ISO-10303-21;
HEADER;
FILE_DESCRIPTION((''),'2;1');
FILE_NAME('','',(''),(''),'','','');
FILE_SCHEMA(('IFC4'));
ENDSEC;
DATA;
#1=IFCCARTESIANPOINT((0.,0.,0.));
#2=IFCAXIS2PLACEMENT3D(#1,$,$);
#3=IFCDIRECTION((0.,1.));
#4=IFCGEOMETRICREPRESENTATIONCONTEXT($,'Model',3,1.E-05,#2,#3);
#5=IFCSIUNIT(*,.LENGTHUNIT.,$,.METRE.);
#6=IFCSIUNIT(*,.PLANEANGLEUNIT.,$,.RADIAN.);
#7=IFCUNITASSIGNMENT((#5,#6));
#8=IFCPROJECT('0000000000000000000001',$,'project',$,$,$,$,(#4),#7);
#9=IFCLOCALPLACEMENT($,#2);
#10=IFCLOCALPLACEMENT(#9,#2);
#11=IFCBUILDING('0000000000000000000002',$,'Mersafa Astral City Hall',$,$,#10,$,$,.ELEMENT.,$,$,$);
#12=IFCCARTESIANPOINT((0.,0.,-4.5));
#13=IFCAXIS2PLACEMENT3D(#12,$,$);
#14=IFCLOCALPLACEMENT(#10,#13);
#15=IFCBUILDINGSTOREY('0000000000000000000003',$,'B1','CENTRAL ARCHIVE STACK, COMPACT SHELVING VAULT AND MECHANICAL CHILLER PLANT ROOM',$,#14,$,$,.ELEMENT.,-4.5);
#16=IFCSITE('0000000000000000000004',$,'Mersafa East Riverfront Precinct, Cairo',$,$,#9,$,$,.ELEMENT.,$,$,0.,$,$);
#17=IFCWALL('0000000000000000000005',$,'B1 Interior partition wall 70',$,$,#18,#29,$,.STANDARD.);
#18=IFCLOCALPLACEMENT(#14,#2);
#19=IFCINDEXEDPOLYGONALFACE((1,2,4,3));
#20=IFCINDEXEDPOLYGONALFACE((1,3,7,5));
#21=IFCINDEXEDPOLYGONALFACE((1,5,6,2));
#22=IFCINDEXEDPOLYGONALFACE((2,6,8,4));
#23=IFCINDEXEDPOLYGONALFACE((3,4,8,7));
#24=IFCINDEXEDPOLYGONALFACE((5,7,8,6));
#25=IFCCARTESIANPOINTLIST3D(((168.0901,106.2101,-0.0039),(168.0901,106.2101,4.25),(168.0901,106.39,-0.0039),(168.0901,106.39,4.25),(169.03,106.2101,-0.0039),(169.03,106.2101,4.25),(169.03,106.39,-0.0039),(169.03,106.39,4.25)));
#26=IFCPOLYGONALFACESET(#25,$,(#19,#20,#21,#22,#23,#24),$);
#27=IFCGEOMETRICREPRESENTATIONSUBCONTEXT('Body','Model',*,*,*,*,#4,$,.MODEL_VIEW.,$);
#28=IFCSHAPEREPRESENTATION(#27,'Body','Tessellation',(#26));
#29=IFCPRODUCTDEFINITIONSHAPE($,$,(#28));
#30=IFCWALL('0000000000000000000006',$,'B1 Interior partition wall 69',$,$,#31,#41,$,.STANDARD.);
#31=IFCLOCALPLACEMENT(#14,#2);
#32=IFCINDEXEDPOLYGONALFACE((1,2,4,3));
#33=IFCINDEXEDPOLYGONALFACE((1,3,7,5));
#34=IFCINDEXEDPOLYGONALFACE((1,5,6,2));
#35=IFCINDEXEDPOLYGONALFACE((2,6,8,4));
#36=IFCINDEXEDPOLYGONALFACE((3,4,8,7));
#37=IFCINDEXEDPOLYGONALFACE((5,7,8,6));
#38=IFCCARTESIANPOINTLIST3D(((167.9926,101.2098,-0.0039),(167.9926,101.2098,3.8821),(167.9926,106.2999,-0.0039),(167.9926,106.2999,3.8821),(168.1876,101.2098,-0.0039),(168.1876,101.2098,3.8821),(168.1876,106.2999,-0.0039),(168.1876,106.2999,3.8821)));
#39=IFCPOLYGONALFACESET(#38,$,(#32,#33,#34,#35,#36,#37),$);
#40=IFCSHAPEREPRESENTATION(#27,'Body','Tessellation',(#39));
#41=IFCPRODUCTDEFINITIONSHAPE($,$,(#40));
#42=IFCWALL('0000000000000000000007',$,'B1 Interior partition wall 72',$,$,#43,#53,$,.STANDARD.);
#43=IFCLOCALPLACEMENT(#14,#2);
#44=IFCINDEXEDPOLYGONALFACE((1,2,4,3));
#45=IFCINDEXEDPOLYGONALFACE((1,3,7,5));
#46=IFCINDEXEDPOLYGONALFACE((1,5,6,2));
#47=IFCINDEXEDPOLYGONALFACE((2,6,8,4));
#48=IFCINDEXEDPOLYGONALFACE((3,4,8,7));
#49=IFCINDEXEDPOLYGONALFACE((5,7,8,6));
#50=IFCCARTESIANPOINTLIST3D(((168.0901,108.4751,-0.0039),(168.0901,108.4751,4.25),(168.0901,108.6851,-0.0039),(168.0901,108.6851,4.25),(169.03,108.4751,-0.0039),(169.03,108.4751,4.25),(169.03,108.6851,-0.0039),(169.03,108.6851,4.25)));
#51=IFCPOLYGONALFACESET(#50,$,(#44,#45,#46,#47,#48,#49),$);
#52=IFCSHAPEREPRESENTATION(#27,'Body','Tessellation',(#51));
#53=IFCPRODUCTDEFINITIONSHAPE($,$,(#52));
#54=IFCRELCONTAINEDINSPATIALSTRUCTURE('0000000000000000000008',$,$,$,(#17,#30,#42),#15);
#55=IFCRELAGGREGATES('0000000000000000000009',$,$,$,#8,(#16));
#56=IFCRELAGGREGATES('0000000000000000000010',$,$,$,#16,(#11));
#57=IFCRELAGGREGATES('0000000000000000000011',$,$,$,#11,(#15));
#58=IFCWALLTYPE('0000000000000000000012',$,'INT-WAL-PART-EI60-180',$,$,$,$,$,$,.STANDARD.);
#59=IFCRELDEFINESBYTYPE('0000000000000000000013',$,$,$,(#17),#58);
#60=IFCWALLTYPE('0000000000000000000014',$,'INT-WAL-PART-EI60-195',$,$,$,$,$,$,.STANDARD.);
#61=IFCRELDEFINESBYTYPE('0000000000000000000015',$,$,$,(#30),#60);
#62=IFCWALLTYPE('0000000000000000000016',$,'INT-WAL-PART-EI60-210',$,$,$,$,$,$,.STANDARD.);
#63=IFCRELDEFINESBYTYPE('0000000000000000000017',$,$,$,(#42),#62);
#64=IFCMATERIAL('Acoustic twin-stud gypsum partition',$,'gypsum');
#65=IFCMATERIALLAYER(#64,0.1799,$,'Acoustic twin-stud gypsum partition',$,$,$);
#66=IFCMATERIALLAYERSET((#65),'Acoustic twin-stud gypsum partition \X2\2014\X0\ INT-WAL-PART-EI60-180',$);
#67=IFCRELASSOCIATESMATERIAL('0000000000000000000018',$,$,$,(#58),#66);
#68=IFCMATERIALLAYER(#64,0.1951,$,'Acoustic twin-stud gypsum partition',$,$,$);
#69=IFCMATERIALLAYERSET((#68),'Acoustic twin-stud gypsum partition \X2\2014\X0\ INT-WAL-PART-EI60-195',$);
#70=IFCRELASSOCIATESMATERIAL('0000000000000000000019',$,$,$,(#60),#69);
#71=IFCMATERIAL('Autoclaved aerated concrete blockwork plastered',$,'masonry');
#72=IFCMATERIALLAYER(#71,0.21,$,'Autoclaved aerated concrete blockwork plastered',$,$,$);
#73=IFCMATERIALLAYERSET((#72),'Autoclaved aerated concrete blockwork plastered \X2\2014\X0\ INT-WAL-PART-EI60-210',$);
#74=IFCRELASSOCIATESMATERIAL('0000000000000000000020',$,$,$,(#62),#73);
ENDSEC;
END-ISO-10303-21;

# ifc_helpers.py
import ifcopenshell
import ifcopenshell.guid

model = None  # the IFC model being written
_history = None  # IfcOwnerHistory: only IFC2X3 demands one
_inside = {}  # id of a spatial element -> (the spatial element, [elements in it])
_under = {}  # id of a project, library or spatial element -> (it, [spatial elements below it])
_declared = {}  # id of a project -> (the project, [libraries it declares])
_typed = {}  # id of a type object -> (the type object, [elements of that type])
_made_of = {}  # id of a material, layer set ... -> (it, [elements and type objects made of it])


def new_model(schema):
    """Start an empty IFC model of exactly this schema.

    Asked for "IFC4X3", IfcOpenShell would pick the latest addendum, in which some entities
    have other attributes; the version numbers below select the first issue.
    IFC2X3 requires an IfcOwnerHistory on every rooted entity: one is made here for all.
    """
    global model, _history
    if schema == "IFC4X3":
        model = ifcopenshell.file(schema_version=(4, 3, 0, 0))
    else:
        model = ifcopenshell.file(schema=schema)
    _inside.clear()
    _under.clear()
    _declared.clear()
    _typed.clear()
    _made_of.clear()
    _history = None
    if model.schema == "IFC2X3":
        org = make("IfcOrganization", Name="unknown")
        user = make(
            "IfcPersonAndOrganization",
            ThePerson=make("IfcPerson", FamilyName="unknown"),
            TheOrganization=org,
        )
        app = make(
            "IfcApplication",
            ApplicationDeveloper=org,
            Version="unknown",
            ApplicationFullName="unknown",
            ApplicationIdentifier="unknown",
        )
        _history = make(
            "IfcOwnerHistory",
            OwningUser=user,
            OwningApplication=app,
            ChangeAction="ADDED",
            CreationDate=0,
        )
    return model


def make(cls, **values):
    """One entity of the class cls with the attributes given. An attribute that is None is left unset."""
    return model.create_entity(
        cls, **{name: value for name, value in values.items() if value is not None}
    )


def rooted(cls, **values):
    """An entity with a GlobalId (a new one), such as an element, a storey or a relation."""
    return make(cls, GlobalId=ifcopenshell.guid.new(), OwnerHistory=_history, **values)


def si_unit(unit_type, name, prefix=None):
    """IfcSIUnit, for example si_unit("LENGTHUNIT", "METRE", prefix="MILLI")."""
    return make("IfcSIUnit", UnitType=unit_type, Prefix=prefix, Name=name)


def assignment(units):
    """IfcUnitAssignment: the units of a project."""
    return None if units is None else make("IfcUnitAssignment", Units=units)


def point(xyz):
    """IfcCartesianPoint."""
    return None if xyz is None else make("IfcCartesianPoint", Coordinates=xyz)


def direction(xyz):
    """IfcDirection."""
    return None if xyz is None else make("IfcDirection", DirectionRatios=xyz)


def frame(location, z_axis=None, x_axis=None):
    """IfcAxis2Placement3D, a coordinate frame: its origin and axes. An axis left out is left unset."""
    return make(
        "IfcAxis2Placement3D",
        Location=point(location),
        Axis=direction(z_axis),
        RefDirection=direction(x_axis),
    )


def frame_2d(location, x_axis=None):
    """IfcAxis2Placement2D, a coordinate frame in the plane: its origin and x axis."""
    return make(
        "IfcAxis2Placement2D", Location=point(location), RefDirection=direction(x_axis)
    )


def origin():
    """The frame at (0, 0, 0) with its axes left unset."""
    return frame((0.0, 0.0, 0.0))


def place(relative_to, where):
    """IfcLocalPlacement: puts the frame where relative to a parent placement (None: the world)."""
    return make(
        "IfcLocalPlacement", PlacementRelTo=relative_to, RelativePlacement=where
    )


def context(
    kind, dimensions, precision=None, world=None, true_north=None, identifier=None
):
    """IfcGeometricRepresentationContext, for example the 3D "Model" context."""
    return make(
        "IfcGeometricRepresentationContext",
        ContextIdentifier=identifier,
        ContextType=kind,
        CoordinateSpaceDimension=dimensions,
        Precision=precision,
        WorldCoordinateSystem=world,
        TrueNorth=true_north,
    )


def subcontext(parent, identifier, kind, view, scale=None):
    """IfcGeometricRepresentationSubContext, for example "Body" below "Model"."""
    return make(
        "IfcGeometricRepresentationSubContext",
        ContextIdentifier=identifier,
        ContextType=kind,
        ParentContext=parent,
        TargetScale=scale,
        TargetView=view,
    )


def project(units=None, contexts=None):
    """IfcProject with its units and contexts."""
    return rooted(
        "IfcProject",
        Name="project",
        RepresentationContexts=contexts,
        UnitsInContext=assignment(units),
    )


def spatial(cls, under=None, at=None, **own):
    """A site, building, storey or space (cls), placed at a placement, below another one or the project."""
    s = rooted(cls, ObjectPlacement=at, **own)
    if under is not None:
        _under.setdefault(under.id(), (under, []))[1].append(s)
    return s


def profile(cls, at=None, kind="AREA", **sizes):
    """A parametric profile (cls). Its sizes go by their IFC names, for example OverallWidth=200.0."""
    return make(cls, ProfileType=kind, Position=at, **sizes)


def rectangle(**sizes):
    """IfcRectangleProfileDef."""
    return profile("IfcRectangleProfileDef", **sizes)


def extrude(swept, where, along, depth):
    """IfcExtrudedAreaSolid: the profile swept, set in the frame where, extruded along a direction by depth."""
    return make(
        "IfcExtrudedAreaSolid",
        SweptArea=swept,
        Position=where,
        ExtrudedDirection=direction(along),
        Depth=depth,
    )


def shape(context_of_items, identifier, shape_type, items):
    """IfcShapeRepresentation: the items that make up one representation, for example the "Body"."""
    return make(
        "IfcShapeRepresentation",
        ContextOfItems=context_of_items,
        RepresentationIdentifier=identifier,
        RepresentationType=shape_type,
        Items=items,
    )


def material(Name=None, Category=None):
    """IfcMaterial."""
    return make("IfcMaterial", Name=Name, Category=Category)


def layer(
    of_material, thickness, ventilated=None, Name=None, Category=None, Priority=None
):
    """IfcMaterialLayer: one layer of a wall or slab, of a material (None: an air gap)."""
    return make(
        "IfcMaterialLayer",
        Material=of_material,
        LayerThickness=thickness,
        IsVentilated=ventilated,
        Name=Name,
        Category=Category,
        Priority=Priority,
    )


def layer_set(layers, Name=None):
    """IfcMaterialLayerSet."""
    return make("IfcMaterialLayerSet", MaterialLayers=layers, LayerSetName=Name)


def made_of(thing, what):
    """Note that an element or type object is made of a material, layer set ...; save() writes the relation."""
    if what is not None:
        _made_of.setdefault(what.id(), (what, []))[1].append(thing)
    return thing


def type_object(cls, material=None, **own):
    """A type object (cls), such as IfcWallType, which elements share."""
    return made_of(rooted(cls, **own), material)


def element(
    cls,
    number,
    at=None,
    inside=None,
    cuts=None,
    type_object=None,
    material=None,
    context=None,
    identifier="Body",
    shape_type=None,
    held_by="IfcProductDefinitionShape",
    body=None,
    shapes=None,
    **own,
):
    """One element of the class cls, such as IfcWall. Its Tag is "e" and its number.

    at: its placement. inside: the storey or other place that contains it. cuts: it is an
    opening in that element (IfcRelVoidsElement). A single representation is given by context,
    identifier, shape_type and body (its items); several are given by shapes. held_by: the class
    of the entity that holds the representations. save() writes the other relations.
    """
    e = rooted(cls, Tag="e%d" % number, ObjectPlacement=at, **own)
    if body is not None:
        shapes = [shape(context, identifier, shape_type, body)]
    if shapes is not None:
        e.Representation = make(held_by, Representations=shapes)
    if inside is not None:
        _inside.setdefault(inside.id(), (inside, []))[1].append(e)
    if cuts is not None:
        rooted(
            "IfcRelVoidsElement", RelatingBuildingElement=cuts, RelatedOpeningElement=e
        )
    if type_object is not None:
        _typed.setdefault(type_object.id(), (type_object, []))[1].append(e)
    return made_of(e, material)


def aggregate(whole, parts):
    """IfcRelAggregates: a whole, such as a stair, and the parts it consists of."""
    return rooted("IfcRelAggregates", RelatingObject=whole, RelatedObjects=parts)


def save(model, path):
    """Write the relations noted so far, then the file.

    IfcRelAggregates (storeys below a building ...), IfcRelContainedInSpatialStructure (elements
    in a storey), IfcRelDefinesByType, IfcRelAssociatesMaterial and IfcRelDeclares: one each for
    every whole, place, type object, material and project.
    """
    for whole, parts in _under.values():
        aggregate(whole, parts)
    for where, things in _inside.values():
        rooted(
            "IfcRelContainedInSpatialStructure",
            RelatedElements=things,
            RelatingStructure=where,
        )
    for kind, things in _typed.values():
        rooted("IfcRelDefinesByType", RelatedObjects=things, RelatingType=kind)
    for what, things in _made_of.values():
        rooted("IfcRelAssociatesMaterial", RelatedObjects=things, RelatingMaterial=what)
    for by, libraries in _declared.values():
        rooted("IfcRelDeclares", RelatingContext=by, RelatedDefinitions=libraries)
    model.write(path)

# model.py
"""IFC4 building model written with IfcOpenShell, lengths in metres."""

from ifc_helpers import new_model, si_unit, direction, frame, frame_2d, origin, place, context, subcontext, project, spatial, rectangle, extrude, material, layer, layer_set, type_object, element, save


model = new_model("IFC4")

# Units and contexts
model_context = context("Model", 3, precision=1e-05, world=origin(), true_north=direction((0.0, 1.0)))
body_context = subcontext(model_context, "Body", "Model", "MODEL_VIEW")
ifc_project = project(units=[si_unit("LENGTHUNIT", "METRE"), si_unit("PLANEANGLEUNIT", "RADIAN")], contexts=[model_context])

# Site, building, storey
site_placement = place(None, origin())
site = spatial("IfcSite", under=ifc_project, at=site_placement, Name="Mersafa East Riverfront Precinct, Cairo", CompositionType="ELEMENT", RefElevation=0.0)
building_placement = place(site_placement, origin())
building = spatial("IfcBuilding", under=site, at=building_placement, Name="Mersafa Astral City Hall", CompositionType="ELEMENT")
storey_placement = place(building_placement, frame((0.0, 0.0, -4.5)))
storey = spatial("IfcBuildingStorey", under=building, at=storey_placement, Name="B1", Description="CENTRAL ARCHIVE STACK, COMPACT SHELVING VAULT AND MECHANICAL CHILLER PLANT ROOM", CompositionType="ELEMENT", Elevation=-4.5)

# Walls
ifc_material_1 = material(Name="Acoustic twin-stud gypsum partition", Category="gypsum")
ifc_layer_1 = layer(ifc_material_1, 0.1799, Name="Acoustic twin-stud gypsum partition")
ifc_layer_set_1 = layer_set([ifc_layer_1], Name="Acoustic twin-stud gypsum partition — INT-WAL-PART-EI60-180")
wall_type_1 = type_object("IfcWallType", Name="INT-WAL-PART-EI60-180", PredefinedType="STANDARD", material=ifc_layer_set_1)
wall_1_placement = place(storey_placement, frame((168.0901, 106.3, -0.0039), z_axis=(0.0, 0.0, 1.0), x_axis=(1.0, 0.0, 0.0)))
element("IfcWall", 1, at=wall_1_placement, inside=storey, type_object=wall_type_1, Name="B1 Interior partition wall 70", PredefinedType="STANDARD", context=body_context, shape_type="SweptSolid", body=[
    extrude(rectangle(XDim=0.9399, YDim=0.1799, at=frame_2d((0.47, 0.0))), origin(), (0.0, 0.0, 1.0), 4.2539),
])
ifc_layer_2 = layer(ifc_material_1, 0.1951, Name="Acoustic twin-stud gypsum partition")
ifc_layer_set_2 = layer_set([ifc_layer_2], Name="Acoustic twin-stud gypsum partition — INT-WAL-PART-EI60-195")
wall_type_2 = type_object("IfcWallType", Name="INT-WAL-PART-EI60-195", PredefinedType="STANDARD", material=ifc_layer_set_2)
wall_2_placement = place(storey_placement, frame((168.0901, 101.21, -0.0039), z_axis=(0.0, 0.0, 1.0), x_axis=(0.0, 1.0, 0.0)))
element("IfcWall", 2, at=wall_2_placement, inside=storey, type_object=wall_type_2, Name="B1 Interior partition wall 69", PredefinedType="STANDARD", context=body_context, shape_type="SweptSolid", body=[
    extrude(rectangle(XDim=5.0901, YDim=0.1951, at=frame_2d((2.5449, 0.0))), origin(), (0.0, 0.0, 1.0), 3.886),
])
ifc_material_2 = material(Name="Autoclaved aerated concrete blockwork plastered", Category="masonry")
ifc_layer_3 = layer(ifc_material_2, 0.21, Name="Autoclaved aerated concrete blockwork plastered")
ifc_layer_set_3 = layer_set([ifc_layer_3], Name="Autoclaved aerated concrete blockwork plastered — INT-WAL-PART-EI60-210")
wall_type_3 = type_object("IfcWallType", Name="INT-WAL-PART-EI60-210", PredefinedType="STANDARD", material=ifc_layer_set_3)
wall_3_placement = place(storey_placement, frame((169.03, 108.5801, -0.0039), z_axis=(0.0, 0.0, 1.0), x_axis=(-1.0, 0.0, 0.0)))
element("IfcWall", 3, at=wall_3_placement, inside=storey, type_object=wall_type_3, Name="B1 Interior partition wall 72", PredefinedType="STANDARD", context=body_context, shape_type="SweptSolid", body=[
    extrude(rectangle(XDim=0.9399, YDim=0.21, at=frame_2d((0.47, 0.0))), origin(), (0.0, 0.0, 1.0), 4.2539),
])

save(model, "model.ifc")
